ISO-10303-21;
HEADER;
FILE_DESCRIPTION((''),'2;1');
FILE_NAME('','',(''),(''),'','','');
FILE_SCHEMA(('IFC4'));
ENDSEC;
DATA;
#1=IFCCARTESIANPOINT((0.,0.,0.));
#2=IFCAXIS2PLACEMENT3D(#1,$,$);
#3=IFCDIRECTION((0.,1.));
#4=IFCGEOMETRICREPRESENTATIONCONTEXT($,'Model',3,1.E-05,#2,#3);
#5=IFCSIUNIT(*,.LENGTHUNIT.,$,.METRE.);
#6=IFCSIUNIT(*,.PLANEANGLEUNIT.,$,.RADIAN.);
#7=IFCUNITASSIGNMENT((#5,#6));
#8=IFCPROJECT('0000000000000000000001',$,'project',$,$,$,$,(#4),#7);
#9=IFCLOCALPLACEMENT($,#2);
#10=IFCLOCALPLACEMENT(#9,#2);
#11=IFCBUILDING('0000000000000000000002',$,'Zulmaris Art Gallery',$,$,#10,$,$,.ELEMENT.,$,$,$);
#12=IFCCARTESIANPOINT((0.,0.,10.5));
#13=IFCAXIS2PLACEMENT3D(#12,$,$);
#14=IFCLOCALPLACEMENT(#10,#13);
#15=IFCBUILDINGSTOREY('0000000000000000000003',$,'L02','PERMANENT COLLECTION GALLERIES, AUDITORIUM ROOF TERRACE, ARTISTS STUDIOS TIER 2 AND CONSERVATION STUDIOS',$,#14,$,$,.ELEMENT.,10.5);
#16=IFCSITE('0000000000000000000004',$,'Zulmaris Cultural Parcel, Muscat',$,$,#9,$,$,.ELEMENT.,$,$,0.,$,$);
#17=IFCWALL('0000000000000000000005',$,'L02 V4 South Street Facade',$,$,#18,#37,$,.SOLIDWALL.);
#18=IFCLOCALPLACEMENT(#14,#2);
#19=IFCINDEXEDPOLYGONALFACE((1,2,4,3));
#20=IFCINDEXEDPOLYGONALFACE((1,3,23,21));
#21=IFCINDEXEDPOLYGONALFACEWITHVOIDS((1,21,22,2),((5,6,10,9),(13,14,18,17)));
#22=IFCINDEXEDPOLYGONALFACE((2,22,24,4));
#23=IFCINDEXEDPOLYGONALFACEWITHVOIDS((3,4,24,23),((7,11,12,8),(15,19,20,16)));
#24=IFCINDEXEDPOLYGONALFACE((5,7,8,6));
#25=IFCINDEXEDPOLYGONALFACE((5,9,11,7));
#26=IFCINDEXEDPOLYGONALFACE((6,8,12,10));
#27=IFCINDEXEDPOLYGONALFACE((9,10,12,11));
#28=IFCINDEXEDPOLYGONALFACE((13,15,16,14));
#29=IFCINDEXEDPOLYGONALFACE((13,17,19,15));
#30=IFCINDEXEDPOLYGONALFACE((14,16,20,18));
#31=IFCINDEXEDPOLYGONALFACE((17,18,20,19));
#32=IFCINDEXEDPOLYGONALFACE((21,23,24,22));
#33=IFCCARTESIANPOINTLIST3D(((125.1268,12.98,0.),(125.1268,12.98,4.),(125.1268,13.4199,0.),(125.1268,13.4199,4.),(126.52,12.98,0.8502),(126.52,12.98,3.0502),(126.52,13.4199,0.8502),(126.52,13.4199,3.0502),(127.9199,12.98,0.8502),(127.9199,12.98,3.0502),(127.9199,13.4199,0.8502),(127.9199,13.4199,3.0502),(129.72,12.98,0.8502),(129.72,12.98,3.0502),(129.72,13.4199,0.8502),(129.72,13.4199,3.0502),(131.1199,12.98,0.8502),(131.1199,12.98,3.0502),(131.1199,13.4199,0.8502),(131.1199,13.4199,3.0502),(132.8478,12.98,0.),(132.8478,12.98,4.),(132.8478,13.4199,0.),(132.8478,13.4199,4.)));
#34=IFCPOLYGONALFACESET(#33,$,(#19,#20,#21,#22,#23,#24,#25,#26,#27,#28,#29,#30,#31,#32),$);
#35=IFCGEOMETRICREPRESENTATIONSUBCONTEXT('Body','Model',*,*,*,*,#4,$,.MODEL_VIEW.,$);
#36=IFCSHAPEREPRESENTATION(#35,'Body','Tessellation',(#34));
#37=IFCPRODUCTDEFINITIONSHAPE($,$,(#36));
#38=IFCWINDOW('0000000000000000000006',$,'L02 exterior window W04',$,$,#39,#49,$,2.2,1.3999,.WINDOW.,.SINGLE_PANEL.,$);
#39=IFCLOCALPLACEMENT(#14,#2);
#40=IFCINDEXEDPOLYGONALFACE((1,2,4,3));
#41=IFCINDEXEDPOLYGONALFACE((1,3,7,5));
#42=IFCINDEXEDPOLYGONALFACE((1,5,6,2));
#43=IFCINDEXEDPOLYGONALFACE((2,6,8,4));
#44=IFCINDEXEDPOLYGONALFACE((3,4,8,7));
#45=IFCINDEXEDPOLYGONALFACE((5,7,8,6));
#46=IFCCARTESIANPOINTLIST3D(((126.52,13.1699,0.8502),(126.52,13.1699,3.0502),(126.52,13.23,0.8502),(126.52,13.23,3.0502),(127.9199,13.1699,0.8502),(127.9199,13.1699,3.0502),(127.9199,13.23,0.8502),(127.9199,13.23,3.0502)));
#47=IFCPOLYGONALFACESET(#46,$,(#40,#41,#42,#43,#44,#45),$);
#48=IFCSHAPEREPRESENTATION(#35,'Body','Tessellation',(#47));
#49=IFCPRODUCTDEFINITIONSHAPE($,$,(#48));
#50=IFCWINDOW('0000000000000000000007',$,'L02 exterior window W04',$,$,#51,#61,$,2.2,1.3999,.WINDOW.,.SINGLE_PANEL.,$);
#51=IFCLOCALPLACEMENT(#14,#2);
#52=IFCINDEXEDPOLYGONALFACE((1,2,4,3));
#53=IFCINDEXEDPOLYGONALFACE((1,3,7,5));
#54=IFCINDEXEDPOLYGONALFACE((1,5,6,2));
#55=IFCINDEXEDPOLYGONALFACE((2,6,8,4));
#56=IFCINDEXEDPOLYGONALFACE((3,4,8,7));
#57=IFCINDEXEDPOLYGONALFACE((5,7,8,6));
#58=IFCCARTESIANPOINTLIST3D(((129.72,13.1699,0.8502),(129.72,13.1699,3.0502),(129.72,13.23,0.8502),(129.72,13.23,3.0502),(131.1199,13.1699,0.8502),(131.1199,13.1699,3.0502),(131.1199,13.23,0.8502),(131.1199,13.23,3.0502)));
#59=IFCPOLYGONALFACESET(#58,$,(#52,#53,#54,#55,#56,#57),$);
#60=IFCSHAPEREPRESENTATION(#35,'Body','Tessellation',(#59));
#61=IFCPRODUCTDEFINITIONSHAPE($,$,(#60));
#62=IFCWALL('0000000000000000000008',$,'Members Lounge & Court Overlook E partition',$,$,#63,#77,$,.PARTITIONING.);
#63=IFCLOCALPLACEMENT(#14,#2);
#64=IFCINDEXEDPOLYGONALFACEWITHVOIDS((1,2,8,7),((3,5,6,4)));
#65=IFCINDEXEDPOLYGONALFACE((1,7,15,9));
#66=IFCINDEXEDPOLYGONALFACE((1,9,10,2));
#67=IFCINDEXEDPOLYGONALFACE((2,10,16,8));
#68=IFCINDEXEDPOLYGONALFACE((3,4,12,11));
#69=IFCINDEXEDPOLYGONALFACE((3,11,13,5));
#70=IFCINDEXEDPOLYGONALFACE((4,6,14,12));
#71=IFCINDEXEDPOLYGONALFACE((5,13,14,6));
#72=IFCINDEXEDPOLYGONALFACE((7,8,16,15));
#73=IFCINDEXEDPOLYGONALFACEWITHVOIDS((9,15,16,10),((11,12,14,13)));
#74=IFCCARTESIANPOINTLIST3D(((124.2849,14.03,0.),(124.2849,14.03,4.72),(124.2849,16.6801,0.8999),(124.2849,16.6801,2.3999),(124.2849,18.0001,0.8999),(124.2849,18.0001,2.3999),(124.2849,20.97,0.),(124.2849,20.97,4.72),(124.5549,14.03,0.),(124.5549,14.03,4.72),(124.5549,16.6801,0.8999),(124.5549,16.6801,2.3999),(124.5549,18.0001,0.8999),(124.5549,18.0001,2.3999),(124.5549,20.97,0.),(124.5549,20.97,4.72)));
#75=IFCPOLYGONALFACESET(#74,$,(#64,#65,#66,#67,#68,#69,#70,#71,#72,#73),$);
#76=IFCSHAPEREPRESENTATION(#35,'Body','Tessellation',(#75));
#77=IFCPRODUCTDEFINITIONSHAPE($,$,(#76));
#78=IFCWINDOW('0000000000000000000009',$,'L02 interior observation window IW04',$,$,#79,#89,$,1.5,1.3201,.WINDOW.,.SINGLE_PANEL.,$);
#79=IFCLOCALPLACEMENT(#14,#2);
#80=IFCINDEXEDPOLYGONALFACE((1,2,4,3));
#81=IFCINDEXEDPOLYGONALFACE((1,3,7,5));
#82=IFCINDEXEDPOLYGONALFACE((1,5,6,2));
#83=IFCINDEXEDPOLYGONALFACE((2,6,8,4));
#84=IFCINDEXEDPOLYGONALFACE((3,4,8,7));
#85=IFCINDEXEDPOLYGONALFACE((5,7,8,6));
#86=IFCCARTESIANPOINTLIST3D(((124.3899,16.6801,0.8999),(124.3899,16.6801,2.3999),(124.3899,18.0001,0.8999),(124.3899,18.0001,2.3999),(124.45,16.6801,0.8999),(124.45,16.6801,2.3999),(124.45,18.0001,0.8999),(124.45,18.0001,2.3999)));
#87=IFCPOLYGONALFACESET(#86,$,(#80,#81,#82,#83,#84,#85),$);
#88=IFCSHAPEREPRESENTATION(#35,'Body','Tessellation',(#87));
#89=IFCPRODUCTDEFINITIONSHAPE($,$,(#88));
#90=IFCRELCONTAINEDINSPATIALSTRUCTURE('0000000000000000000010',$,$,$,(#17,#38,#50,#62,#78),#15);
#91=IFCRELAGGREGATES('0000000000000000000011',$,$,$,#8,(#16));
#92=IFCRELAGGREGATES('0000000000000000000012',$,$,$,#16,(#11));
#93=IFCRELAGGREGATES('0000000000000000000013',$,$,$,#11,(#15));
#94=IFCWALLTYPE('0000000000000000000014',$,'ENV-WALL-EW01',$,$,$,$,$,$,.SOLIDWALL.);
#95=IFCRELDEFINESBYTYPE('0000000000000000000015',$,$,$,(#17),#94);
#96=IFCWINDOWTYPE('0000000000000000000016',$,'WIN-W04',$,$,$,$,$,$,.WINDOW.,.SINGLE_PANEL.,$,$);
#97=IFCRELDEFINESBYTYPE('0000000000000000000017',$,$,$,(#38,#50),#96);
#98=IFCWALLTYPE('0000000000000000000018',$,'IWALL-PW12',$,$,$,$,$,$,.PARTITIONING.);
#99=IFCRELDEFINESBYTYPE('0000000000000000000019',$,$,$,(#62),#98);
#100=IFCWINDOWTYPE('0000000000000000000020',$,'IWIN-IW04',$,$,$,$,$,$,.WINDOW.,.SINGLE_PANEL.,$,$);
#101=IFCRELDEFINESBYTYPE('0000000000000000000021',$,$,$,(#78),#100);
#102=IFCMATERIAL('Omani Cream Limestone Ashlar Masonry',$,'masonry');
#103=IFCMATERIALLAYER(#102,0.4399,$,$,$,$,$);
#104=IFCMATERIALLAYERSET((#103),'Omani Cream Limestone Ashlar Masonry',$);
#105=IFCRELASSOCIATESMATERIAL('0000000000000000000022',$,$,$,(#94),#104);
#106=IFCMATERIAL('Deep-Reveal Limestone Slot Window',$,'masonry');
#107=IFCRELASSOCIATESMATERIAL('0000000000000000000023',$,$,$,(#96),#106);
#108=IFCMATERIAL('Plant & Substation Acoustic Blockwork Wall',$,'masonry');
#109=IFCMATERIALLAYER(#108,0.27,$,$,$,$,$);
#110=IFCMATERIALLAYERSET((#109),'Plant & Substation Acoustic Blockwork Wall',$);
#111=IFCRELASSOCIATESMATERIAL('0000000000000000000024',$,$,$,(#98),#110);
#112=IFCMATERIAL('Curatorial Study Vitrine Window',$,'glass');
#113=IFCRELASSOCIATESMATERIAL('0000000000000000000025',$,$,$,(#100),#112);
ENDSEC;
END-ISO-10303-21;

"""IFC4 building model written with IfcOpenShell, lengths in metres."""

from ifc_helpers import new_model, si_unit, direction, frame, frame_2d, origin, place, context, subcontext, project, spatial, rectangle, extrude, material, layer, layer_set, type_object, element, fill, save


model = new_model("IFC4")

# Units and contexts
model_context = context("Model", 3, precision=1e-05, world=origin(), true_north=direction((0.0, 1.0)))
body_context = subcontext(model_context, "Body", "Model", "MODEL_VIEW")
ifc_project = project(units=[si_unit("LENGTHUNIT", "METRE"), si_unit("PLANEANGLEUNIT", "RADIAN")], contexts=[model_context])

# Site, building, storey
site_placement = place(None, origin())
site = spatial("IfcSite", under=ifc_project, at=site_placement, Name="Zulmaris Cultural Parcel, Muscat", CompositionType="ELEMENT", RefElevation=0.0)
building_placement = place(site_placement, origin())
building = spatial("IfcBuilding", under=site, at=building_placement, Name="Zulmaris Art Gallery", CompositionType="ELEMENT")
storey_placement = place(building_placement, frame((0.0, 0.0, 10.5)))
storey = spatial("IfcBuildingStorey", under=building, at=storey_placement, Name="L02", Description="PERMANENT COLLECTION GALLERIES, AUDITORIUM ROOF TERRACE, ARTISTS STUDIOS TIER 2 AND CONSERVATION STUDIOS", CompositionType="ELEMENT", Elevation=10.5)

# Wall, openings, windows
ifc_material_1 = material(Name="Omani Cream Limestone Ashlar Masonry", Category="masonry")
ifc_layer_1 = layer(ifc_material_1, 0.4399)
ifc_layer_set_1 = layer_set([ifc_layer_1], Name="Omani Cream Limestone Ashlar Masonry")
wall_type_1 = type_object("IfcWallType", Name="ENV-WALL-EW01", PredefinedType="SOLIDWALL", material=ifc_layer_set_1)
wall_1_placement = place(storey_placement, frame((125.127, 13.2, 0.0), z_axis=(0.0, 0.0, 1.0), x_axis=(1.0, 0.0, 0.0)))
wall_1 = element("IfcWall", 1, at=wall_1_placement, inside=storey, type_object=wall_type_1, Name="L02 V4 South Street Facade", PredefinedType="SOLIDWALL", context=body_context, shape_type="SweptSolid", body=[
    extrude(rectangle(XDim=7.7209, YDim=0.4399, at=frame_2d((3.8604, 0.0))), origin(), (0.0, 0.0, 1.0), 4.0),
])
opening_1_placement = place(wall_1_placement, frame((1.3931, 0.0, 0.8501)))
opening_1 = element("IfcOpeningElement", 2, at=opening_1_placement, cuts=wall_1, PredefinedType="OPENING", context=body_context, shape_type="SweptSolid", body=[
    extrude(rectangle(XDim=1.3999, YDim=2.2, at=frame_2d((0.7, 1.1001))), frame((0.0, 0.23, 0.0), z_axis=(0.0, -1.0, 0.0), x_axis=(1.0, 0.0, 0.0)), (0.0, 0.0, 1.0), 0.46),
])
opening_2_placement = place(wall_1_placement, frame((4.593, 0.0, 0.8501)))
opening_2 = element("IfcOpeningElement", 3, at=opening_2_placement, cuts=wall_1, PredefinedType="OPENING", context=body_context, shape_type="SweptSolid", body=[
    extrude(rectangle(XDim=1.3999, YDim=2.2, at=frame_2d((0.7, 1.1001))), frame((0.0, 0.23, 0.0), z_axis=(0.0, -1.0, 0.0), x_axis=(1.0, 0.0, 0.0)), (0.0, 0.0, 1.0), 0.46),
])
ifc_material_2 = material(Name="Deep-Reveal Limestone Slot Window", Category="masonry")
window_type_1 = type_object("IfcWindowType", Name="WIN-W04", PartitioningType="SINGLE_PANEL", PredefinedType="WINDOW", material=ifc_material_2)
window_1_placement = place(opening_1_placement, origin())
window_1 = element("IfcWindow", 4, at=window_1_placement, inside=storey, type_object=window_type_1, Name="L02 exterior window W04", OverallHeight=2.2, OverallWidth=1.3999, PartitioningType="SINGLE_PANEL", PredefinedType="WINDOW", context=body_context, shape_type="SweptSolid", body=[
    extrude(rectangle(XDim=1.3999, YDim=2.2, at=frame_2d((0.7, 1.1001))), frame((0.0, 0.03, 0.0), z_axis=(0.0, -1.0, 0.0), x_axis=(1.0, 0.0, 0.0)), (0.0, 0.0, 1.0), 0.0601),
])
fill(opening_1, window_1)
window_2_placement = place(opening_2_placement, origin())
window_2 = element("IfcWindow", 5, at=window_2_placement, inside=storey, type_object=window_type_1, Name="L02 exterior window W04", OverallHeight=2.2, OverallWidth=1.3999, PartitioningType="SINGLE_PANEL", PredefinedType="WINDOW", context=body_context, shape_type="SweptSolid", body=[
    extrude(rectangle(XDim=1.3999, YDim=2.2, at=frame_2d((0.7, 1.1001))), frame((0.0, 0.03, 0.0), z_axis=(0.0, -1.0, 0.0), x_axis=(1.0, 0.0, 0.0)), (0.0, 0.0, 1.0), 0.0601),
])
fill(opening_2, window_2)

# Wall, opening, window
ifc_material_3 = material(Name="Plant & Substation Acoustic Blockwork Wall", Category="masonry")
ifc_layer_2 = layer(ifc_material_3, 0.27)
ifc_layer_set_2 = layer_set([ifc_layer_2], Name="Plant & Substation Acoustic Blockwork Wall")
wall_type_2 = type_object("IfcWallType", Name="IWALL-PW12", PredefinedType="PARTITIONING", material=ifc_layer_set_2)
wall_2_placement = place(storey_placement, frame((124.4199, 14.03, 0.0), z_axis=(0.0, 0.0, 1.0), x_axis=(0.0, 1.0, 0.0)))
wall_2 = element("IfcWall", 6, at=wall_2_placement, inside=storey, type_object=wall_type_2, Name="Members Lounge & Court Overlook E partition", PredefinedType="PARTITIONING", context=body_context, shape_type="SweptSolid", body=[
    extrude(rectangle(XDim=6.9399, YDim=0.27, at=frame_2d((3.47, 0.0))), origin(), (0.0, 0.0, 1.0), 4.72),
])
opening_3_placement = place(wall_2_placement, frame((2.6499, 0.0, 0.8999)))
opening_3 = element("IfcOpeningElement", 7, at=opening_3_placement, cuts=wall_2, PredefinedType="OPENING", context=body_context, shape_type="SweptSolid", body=[
    extrude(rectangle(XDim=1.3201, YDim=1.5, at=frame_2d((0.6602, 0.75))), frame((0.0, 0.145, 0.0), z_axis=(0.0, -1.0, 0.0), x_axis=(1.0, 0.0, 0.0)), (0.0, 0.0, 1.0), 0.29),
])
ifc_material_4 = material(Name="Curatorial Study Vitrine Window", Category="glass")
window_type_2 = type_object("IfcWindowType", Name="IWIN-IW04", PartitioningType="SINGLE_PANEL", PredefinedType="WINDOW", material=ifc_material_4)
window_3_placement = place(opening_3_placement, origin())
window_3 = element("IfcWindow", 8, at=window_3_placement, inside=storey, type_object=window_type_2, Name="L02 interior observation window IW04", OverallHeight=1.5, OverallWidth=1.3201, PartitioningType="SINGLE_PANEL", PredefinedType="WINDOW", context=body_context, shape_type="SweptSolid", body=[
    extrude(rectangle(XDim=1.3201, YDim=1.5, at=frame_2d((0.6602, 0.75))), frame((0.0, 0.03, 0.0), z_axis=(0.0, -1.0, 0.0), x_axis=(1.0, 0.0, 0.0)), (0.0, 0.0, 1.0), 0.0601),
])
fill(opening_3, window_3)

save(model, "model.ifc")
